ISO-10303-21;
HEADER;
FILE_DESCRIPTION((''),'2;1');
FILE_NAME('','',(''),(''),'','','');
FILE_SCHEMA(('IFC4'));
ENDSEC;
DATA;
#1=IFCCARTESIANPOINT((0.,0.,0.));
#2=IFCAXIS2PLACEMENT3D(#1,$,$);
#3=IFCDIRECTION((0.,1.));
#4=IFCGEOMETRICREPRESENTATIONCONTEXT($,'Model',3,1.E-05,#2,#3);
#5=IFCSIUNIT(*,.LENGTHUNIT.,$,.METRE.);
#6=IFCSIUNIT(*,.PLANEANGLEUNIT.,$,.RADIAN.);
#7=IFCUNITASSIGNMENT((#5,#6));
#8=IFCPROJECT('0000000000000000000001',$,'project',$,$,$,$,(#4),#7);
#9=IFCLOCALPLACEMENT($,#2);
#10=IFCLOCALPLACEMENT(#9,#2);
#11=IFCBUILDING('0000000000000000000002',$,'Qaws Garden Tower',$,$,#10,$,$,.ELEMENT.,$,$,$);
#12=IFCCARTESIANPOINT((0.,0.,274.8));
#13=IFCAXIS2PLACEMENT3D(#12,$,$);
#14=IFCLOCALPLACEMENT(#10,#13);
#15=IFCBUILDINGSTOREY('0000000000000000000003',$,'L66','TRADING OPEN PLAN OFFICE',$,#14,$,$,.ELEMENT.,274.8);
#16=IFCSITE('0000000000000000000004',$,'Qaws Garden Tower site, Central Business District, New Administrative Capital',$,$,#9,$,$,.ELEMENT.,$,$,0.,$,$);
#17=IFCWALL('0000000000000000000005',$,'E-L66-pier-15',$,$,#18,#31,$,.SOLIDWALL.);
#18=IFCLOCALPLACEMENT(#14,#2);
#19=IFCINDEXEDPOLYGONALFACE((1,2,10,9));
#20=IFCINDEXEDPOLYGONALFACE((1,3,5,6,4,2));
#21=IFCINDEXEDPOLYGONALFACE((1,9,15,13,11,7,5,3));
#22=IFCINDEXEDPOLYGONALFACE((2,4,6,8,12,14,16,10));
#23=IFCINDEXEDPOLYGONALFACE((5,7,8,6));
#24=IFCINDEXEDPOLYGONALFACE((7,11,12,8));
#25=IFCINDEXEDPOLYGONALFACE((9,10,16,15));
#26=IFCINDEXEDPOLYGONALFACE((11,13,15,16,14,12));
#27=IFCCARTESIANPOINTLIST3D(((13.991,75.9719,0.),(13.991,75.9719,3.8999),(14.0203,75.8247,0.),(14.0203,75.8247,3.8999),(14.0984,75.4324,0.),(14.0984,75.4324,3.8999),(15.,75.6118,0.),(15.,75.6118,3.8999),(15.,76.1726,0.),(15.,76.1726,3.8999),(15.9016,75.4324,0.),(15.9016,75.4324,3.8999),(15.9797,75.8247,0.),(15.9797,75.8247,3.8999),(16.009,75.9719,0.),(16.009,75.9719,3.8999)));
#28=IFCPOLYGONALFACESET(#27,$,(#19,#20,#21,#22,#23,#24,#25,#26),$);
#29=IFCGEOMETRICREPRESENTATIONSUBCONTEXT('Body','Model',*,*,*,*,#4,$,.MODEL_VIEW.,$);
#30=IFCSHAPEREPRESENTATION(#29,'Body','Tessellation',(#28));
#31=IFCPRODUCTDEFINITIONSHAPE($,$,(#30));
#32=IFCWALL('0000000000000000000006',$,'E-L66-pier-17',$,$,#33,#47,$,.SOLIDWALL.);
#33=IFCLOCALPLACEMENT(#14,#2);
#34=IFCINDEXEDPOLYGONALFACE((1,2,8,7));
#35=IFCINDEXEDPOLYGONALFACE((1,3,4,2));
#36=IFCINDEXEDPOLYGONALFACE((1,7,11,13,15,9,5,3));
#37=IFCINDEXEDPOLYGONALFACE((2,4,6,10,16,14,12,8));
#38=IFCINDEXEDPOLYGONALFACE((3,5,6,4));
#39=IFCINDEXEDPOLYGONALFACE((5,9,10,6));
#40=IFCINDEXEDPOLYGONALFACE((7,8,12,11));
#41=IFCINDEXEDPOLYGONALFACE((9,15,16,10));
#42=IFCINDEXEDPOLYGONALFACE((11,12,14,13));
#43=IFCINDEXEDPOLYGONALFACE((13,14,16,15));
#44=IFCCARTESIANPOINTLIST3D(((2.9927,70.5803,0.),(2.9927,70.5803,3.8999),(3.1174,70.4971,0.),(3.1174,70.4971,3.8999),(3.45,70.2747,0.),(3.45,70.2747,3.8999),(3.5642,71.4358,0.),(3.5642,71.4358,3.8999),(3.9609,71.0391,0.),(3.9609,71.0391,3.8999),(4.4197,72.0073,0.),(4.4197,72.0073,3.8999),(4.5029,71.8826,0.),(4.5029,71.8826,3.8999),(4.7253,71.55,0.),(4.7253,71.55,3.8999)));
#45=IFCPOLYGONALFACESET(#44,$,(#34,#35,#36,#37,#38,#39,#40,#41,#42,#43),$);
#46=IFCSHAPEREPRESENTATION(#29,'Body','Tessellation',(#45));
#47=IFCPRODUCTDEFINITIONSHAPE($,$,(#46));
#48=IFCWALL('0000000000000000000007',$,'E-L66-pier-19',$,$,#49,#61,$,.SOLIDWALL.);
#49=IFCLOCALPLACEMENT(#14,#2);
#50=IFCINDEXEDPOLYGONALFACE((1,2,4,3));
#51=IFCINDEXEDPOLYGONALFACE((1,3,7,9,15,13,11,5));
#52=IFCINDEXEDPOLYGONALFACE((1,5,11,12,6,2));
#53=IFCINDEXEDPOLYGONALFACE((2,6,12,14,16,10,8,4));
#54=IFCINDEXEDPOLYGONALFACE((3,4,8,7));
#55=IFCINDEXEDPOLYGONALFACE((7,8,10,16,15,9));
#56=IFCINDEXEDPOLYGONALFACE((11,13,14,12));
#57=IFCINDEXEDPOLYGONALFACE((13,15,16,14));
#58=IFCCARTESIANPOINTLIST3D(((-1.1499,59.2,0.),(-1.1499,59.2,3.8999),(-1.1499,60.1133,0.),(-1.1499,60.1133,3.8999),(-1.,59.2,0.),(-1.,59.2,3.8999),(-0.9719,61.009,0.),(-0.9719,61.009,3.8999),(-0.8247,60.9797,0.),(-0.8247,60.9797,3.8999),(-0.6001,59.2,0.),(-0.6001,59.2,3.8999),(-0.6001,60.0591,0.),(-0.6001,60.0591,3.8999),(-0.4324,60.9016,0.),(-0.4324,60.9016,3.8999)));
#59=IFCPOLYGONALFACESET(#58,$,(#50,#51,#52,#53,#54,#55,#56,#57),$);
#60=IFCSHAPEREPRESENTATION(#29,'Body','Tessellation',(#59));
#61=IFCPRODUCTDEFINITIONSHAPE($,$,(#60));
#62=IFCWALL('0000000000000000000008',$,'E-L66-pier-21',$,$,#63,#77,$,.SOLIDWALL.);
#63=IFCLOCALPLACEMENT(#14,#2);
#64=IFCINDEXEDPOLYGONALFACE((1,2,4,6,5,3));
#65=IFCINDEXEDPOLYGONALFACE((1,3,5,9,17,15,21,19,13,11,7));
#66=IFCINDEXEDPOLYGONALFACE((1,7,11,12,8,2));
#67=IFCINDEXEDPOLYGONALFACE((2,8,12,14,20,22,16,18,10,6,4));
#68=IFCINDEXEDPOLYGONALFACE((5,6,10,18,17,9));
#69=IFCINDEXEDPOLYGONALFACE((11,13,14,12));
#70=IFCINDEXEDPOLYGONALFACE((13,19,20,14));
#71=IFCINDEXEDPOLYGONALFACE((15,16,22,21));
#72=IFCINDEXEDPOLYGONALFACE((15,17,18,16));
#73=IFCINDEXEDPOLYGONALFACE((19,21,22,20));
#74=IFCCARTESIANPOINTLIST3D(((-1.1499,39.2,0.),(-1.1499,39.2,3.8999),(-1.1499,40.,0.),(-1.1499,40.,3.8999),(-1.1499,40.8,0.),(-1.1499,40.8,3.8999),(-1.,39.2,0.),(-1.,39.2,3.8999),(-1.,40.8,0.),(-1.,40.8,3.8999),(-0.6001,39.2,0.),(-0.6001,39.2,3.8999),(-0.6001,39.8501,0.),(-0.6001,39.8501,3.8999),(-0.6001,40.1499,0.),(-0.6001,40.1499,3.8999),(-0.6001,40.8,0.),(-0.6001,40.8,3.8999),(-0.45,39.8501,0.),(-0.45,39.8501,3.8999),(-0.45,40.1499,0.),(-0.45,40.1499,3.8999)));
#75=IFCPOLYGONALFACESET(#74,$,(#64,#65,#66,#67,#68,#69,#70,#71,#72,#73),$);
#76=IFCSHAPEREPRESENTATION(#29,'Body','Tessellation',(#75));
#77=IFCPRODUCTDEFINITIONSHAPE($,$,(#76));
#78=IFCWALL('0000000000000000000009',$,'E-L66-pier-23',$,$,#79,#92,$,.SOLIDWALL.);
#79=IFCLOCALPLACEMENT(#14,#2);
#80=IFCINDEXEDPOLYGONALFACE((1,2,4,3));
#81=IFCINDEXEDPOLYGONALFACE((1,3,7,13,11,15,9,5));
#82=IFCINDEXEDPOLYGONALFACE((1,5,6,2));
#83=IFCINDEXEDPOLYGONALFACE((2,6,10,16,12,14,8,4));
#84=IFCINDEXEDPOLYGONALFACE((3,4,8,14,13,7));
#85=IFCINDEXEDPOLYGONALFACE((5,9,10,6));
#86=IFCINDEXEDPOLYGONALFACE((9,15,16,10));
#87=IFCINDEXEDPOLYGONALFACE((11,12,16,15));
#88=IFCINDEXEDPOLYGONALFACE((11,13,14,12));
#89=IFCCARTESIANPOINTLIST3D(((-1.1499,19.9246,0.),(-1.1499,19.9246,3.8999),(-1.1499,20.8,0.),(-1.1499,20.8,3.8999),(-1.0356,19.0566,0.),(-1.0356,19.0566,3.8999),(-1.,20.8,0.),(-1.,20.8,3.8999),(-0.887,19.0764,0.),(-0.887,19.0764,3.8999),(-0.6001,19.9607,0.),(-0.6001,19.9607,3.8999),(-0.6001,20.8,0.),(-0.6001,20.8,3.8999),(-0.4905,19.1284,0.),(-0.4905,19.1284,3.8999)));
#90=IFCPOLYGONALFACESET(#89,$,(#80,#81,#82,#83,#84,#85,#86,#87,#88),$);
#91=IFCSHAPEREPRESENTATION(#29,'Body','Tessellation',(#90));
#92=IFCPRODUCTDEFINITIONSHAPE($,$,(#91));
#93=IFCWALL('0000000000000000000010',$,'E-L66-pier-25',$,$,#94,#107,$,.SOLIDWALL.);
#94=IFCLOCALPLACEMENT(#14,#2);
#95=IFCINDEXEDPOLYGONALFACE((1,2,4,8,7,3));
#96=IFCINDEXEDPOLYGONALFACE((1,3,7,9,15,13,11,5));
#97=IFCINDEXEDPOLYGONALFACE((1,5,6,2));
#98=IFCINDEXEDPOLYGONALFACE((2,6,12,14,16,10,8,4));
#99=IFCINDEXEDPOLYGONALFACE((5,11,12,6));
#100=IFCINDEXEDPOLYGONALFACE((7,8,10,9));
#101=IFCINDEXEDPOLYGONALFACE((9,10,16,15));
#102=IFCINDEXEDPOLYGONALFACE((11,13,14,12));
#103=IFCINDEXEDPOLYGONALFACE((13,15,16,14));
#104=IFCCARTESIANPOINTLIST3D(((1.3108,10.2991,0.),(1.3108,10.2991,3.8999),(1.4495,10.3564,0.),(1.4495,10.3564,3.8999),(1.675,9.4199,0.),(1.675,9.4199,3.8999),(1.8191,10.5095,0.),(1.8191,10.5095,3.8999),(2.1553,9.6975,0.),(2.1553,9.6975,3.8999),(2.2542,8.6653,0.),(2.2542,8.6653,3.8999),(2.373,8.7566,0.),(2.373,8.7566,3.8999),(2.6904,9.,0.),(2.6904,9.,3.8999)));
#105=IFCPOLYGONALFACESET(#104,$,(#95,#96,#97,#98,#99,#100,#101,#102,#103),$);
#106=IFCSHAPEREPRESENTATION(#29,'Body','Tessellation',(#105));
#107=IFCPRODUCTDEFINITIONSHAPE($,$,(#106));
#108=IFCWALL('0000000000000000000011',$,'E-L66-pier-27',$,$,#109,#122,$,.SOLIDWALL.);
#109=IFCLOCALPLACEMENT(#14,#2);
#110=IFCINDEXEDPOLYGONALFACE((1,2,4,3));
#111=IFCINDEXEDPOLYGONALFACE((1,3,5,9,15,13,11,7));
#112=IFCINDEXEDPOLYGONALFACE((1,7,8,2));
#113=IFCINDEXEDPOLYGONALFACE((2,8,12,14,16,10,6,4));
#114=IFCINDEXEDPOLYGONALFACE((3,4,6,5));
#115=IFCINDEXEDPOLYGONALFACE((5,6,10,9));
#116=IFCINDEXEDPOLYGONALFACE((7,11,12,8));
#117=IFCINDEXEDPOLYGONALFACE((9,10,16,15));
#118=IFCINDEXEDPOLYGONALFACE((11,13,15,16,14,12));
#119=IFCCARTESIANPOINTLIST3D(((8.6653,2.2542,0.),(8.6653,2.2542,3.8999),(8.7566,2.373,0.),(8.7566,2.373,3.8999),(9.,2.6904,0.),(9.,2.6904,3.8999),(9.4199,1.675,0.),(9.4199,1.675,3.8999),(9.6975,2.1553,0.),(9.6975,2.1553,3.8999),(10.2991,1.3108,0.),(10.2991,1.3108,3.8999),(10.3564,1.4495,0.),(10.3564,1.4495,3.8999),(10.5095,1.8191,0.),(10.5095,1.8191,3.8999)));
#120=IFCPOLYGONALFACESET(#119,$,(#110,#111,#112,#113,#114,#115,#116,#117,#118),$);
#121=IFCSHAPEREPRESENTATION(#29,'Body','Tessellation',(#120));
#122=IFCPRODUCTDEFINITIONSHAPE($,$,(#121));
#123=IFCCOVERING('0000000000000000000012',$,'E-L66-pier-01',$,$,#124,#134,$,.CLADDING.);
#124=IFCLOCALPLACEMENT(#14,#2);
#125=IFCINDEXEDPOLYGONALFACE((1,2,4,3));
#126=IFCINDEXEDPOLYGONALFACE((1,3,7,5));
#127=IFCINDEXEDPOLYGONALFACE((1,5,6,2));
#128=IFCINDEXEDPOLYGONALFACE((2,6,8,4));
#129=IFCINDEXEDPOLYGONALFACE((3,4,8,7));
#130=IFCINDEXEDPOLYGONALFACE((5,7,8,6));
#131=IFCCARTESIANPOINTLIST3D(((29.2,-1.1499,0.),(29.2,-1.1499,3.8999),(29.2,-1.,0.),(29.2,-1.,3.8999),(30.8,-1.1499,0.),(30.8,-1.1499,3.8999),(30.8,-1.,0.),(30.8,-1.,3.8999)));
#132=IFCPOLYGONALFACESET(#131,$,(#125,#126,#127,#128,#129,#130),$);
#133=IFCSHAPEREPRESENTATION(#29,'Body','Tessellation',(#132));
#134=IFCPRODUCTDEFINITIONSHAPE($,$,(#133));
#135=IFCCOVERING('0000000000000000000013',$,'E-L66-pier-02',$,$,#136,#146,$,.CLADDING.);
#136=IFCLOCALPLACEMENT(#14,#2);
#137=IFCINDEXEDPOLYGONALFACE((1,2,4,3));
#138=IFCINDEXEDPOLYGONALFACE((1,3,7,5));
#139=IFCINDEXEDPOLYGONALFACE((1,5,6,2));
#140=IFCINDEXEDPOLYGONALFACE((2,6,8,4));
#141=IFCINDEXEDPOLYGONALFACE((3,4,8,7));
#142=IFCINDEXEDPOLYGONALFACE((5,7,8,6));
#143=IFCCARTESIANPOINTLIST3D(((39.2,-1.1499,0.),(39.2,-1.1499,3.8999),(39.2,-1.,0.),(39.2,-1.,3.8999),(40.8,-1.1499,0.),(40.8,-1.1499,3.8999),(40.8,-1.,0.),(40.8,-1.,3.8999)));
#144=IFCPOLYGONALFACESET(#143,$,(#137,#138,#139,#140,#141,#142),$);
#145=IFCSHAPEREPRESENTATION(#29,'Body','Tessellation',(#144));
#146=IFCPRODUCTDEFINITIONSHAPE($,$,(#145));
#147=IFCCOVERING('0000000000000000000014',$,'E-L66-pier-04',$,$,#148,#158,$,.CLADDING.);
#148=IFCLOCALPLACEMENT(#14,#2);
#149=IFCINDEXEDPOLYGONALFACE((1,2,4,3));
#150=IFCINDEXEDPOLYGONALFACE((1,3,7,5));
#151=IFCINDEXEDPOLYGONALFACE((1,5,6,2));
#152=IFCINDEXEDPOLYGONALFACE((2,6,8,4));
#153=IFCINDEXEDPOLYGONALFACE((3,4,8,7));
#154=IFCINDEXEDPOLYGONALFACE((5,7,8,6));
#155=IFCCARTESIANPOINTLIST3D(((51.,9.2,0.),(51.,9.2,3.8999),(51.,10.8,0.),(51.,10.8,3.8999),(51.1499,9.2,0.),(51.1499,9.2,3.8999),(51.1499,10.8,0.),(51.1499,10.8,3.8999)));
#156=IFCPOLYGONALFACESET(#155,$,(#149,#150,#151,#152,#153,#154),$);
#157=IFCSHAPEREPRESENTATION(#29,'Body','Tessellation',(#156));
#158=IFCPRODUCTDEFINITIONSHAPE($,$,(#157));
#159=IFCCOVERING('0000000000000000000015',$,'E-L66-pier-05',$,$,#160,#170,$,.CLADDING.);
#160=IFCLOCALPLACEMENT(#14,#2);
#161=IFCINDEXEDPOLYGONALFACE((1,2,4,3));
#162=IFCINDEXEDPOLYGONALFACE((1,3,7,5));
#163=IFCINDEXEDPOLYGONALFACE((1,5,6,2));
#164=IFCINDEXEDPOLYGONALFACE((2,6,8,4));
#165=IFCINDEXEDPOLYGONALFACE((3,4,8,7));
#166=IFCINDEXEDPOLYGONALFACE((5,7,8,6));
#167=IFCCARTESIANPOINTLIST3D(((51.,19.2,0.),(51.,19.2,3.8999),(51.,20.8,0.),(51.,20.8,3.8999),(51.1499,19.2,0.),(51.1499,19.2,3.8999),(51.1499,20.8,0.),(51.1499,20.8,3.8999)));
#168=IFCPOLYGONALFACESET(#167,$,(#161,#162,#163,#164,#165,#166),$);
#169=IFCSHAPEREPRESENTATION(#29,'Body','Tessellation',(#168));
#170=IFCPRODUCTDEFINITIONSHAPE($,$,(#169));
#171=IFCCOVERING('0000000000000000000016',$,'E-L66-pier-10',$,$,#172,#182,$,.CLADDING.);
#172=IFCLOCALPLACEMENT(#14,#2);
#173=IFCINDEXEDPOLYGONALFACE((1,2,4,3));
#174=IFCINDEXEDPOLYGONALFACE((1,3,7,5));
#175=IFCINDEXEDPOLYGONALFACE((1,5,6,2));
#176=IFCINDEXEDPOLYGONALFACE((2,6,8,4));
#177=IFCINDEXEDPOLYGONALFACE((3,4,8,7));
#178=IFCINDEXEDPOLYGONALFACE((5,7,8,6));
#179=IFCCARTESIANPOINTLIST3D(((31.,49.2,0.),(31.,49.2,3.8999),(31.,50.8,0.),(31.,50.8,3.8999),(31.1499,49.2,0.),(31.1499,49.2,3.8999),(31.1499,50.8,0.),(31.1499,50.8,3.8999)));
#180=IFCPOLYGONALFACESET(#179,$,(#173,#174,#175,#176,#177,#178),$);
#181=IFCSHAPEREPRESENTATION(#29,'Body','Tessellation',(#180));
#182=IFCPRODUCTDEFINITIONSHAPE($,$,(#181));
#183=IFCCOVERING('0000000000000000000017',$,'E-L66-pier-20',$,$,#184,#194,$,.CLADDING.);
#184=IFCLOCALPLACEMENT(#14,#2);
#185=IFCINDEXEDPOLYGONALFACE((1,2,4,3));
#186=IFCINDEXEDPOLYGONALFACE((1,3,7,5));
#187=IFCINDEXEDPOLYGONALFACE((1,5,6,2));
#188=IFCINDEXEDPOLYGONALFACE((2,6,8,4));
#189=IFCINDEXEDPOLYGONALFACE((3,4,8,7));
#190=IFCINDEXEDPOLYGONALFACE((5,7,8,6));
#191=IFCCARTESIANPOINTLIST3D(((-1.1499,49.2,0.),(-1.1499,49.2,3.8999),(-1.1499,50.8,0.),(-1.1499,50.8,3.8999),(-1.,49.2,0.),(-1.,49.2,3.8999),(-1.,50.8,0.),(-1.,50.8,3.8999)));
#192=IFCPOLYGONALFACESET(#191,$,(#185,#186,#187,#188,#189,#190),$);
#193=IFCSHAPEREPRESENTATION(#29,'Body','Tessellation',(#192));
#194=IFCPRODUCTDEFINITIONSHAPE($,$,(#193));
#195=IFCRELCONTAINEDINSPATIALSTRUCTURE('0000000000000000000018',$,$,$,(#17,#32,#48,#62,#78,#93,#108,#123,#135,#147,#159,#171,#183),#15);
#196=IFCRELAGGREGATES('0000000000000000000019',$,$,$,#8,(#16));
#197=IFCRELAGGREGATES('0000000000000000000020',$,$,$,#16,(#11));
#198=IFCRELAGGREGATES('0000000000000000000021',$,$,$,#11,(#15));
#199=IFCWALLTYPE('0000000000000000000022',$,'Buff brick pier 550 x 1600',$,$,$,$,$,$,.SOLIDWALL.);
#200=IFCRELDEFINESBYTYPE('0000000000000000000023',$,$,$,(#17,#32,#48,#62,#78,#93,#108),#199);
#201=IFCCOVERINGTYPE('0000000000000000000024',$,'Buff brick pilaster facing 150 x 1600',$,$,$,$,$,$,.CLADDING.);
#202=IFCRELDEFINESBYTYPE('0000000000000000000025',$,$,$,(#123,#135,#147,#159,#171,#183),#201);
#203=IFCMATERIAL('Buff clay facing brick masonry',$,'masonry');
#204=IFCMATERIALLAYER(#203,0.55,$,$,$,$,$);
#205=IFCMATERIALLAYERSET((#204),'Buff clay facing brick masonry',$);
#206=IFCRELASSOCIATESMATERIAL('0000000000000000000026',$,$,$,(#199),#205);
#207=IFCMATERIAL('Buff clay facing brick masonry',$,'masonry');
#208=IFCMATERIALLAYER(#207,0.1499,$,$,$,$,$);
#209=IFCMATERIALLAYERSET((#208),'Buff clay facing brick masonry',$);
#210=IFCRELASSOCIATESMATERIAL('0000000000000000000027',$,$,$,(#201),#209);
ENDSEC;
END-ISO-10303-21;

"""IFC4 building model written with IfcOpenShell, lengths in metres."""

from ifc_helpers import new_model, si_unit, direction, frame, origin, place, context, subcontext, project, spatial, polyline, outline, extrude, material, layer, layer_set, type_object, element, save


model = new_model("IFC4")

# Units and contexts
model_context = context("Model", 3, precision=1e-05, world=origin(), true_north=direction((0.0, 1.0)))
body_context = subcontext(model_context, "Body", "Model", "MODEL_VIEW")
ifc_project = project(units=[si_unit("LENGTHUNIT", "METRE"), si_unit("PLANEANGLEUNIT", "RADIAN")], contexts=[model_context])

# Site, building, storey
site_placement = place(None, origin())
site = spatial("IfcSite", under=ifc_project, at=site_placement, Name="Qaws Garden Tower site, Central Business District, New Administrative Capital", CompositionType="ELEMENT", RefElevation=0.0)
building_placement = place(site_placement, origin())
building = spatial("IfcBuilding", under=site, at=building_placement, Name="Qaws Garden Tower", CompositionType="ELEMENT")
storey_placement = place(building_placement, frame((0.0, 0.0, 274.8)))
storey = spatial("IfcBuildingStorey", under=building, at=storey_placement, Name="L66", Description="TRADING OPEN PLAN OFFICE", CompositionType="ELEMENT", Elevation=274.8)

# Walls
placement = place(storey_placement, origin())
ifc_material_1 = material(Name="Buff clay facing brick masonry", Category="masonry")
ifc_layer_1 = layer(ifc_material_1, 0.55)
ifc_layer_set_1 = layer_set([ifc_layer_1], Name="Buff clay facing brick masonry")
wall_type_1 = type_object("IfcWallType", Name="Buff brick pier 550 x 1600", PredefinedType="SOLIDWALL", material=ifc_layer_set_1)
element("IfcWall", 1, at=placement, inside=storey, type_object=wall_type_1, Name="E-L66-pier-15", PredefinedType="SOLIDWALL", context=body_context, shape_type="SweptSolid", body=[
    extrude(outline(polyline([(15.9797, 75.8247), (16.009, 75.9719), (15.0, 76.1726), (13.991, 75.9719), (14.0203, 75.8247), (14.0984, 75.4324), (15.0, 75.6118), (15.9016, 75.4324), (15.9797, 75.8247)])), origin(), (0.0, 0.0, 1.0), 3.8999),
])
element("IfcWall", 2, at=placement, inside=storey, type_object=wall_type_1, Name="E-L66-pier-17", PredefinedType="SOLIDWALL", context=body_context, shape_type="SweptSolid", body=[
    extrude(outline(polyline([(4.5029, 71.8826), (4.4197, 72.0073), (3.5642, 71.4358), (2.9927, 70.5803), (3.1174, 70.4971), (3.45, 70.2747), (3.9609, 71.0391), (4.7253, 71.55), (4.5029, 71.8826)])), origin(), (0.0, 0.0, 1.0), 3.8999),
])
element("IfcWall", 3, at=placement, inside=storey, type_object=wall_type_1, Name="E-L66-pier-19", PredefinedType="SOLIDWALL", context=body_context, shape_type="SweptSolid", body=[
    extrude(outline(polyline([(-0.8247, 60.9797), (-0.9719, 61.009), (-1.1499, 60.1133), (-1.1499, 59.2), (-1.0, 59.2), (-0.6001, 59.2), (-0.6001, 60.0591), (-0.4324, 60.9016), (-0.8247, 60.9797)])), origin(), (0.0, 0.0, 1.0), 3.8999),
])
element("IfcWall", 4, at=placement, inside=storey, type_object=wall_type_1, Name="E-L66-pier-21", PredefinedType="SOLIDWALL", context=body_context, shape_type="SweptSolid", body=[
    extrude(outline(polyline([(-0.6001, 39.2), (-0.6001, 39.8501), (-0.45, 39.8501), (-0.45, 40.1499), (-0.6001, 40.1499), (-0.6001, 40.8), (-1.0, 40.8), (-1.1499, 40.8), (-1.1499, 40.0), (-1.1499, 39.2), (-1.0, 39.2), (-0.6001, 39.2)])), origin(), (0.0, 0.0, 1.0), 3.8999),
])
element("IfcWall", 5, at=placement, inside=storey, type_object=wall_type_1, Name="E-L66-pier-23", PredefinedType="SOLIDWALL", context=body_context, shape_type="SweptSolid", body=[
    extrude(outline(polyline([(-1.0, 20.8), (-1.1499, 20.8), (-1.1499, 19.9246), (-1.0356, 19.0566), (-0.887, 19.0764), (-0.4905, 19.1284), (-0.6001, 19.9607), (-0.6001, 20.8), (-1.0, 20.8)])), origin(), (0.0, 0.0, 1.0), 3.8999),
])
element("IfcWall", 6, at=placement, inside=storey, type_object=wall_type_1, Name="E-L66-pier-25", PredefinedType="SOLIDWALL", context=body_context, shape_type="SweptSolid", body=[
    extrude(outline(polyline([(1.4495, 10.3564), (1.3108, 10.2991), (1.675, 9.4199), (2.2542, 8.6653), (2.373, 8.7566), (2.6904, 9.0), (2.1553, 9.6975), (1.8191, 10.5095), (1.4495, 10.3564)])), origin(), (0.0, 0.0, 1.0), 3.8999),
])
element("IfcWall", 7, at=placement, inside=storey, type_object=wall_type_1, Name="E-L66-pier-27", PredefinedType="SOLIDWALL", context=body_context, shape_type="SweptSolid", body=[
    extrude(outline(polyline([(8.7566, 2.373), (8.6653, 2.2542), (9.4199, 1.675), (10.2991, 1.3108), (10.3564, 1.4495), (10.5095, 1.8191), (9.6975, 2.1553), (9.0, 2.6904), (8.7566, 2.373)])), origin(), (0.0, 0.0, 1.0), 3.8999),
])

# Coverings
ifc_material_2 = material(Name="Buff clay facing brick masonry", Category="masonry")
ifc_layer_2 = layer(ifc_material_2, 0.1499)
ifc_layer_set_2 = layer_set([ifc_layer_2], Name="Buff clay facing brick masonry")
covering_type = type_object("IfcCoveringType", Name="Buff brick pilaster facing 150 x 1600", PredefinedType="CLADDING", material=ifc_layer_set_2)
element("IfcCovering", 8, at=placement, inside=storey, type_object=covering_type, Name="E-L66-pier-01", PredefinedType="CLADDING", context=body_context, shape_type="SweptSolid", body=[
    extrude(outline(polyline([(29.2, -1.0), (30.8, -1.0), (30.8, -1.1499), (29.2, -1.1499), (29.2, -1.0)])), origin(), (0.0, 0.0, 1.0), 3.8999),
])
element("IfcCovering", 9, at=placement, inside=storey, type_object=covering_type, Name="E-L66-pier-02", PredefinedType="CLADDING", context=body_context, shape_type="SweptSolid", body=[
    extrude(outline(polyline([(39.2, -1.0), (40.8, -1.0), (40.8, -1.1499), (39.2, -1.1499), (39.2, -1.0)])), origin(), (0.0, 0.0, 1.0), 3.8999),
])
element("IfcCovering", 10, at=placement, inside=storey, type_object=covering_type, Name="E-L66-pier-04", PredefinedType="CLADDING", context=body_context, shape_type="SweptSolid", body=[
    extrude(outline(polyline([(51.0, 9.2), (51.0, 10.8), (51.1499, 10.8), (51.1499, 9.2), (51.0, 9.2)])), origin(), (0.0, 0.0, 1.0), 3.8999),
])
element("IfcCovering", 11, at=placement, inside=storey, type_object=covering_type, Name="E-L66-pier-05", PredefinedType="CLADDING", context=body_context, shape_type="SweptSolid", body=[
    extrude(outline(polyline([(51.0, 19.2), (51.0, 20.8), (51.1499, 20.8), (51.1499, 19.2), (51.0, 19.2)])), origin(), (0.0, 0.0, 1.0), 3.8999),
])
element("IfcCovering", 12, at=placement, inside=storey, type_object=covering_type, Name="E-L66-pier-10", PredefinedType="CLADDING", context=body_context, shape_type="SweptSolid", body=[
    extrude(outline(polyline([(31.0, 49.2), (31.0, 50.8), (31.1499, 50.8), (31.1499, 49.2), (31.0, 49.2)])), origin(), (0.0, 0.0, 1.0), 3.8999),
])
element("IfcCovering", 13, at=placement, inside=storey, type_object=covering_type, Name="E-L66-pier-20", PredefinedType="CLADDING", context=body_context, shape_type="SweptSolid", body=[
    extrude(outline(polyline([(-1.0, 50.8), (-1.0, 49.2), (-1.1499, 49.2), (-1.1499, 50.8), (-1.0, 50.8)])), origin(), (0.0, 0.0, 1.0), 3.8999),
])

save(model, "model.ifc")
